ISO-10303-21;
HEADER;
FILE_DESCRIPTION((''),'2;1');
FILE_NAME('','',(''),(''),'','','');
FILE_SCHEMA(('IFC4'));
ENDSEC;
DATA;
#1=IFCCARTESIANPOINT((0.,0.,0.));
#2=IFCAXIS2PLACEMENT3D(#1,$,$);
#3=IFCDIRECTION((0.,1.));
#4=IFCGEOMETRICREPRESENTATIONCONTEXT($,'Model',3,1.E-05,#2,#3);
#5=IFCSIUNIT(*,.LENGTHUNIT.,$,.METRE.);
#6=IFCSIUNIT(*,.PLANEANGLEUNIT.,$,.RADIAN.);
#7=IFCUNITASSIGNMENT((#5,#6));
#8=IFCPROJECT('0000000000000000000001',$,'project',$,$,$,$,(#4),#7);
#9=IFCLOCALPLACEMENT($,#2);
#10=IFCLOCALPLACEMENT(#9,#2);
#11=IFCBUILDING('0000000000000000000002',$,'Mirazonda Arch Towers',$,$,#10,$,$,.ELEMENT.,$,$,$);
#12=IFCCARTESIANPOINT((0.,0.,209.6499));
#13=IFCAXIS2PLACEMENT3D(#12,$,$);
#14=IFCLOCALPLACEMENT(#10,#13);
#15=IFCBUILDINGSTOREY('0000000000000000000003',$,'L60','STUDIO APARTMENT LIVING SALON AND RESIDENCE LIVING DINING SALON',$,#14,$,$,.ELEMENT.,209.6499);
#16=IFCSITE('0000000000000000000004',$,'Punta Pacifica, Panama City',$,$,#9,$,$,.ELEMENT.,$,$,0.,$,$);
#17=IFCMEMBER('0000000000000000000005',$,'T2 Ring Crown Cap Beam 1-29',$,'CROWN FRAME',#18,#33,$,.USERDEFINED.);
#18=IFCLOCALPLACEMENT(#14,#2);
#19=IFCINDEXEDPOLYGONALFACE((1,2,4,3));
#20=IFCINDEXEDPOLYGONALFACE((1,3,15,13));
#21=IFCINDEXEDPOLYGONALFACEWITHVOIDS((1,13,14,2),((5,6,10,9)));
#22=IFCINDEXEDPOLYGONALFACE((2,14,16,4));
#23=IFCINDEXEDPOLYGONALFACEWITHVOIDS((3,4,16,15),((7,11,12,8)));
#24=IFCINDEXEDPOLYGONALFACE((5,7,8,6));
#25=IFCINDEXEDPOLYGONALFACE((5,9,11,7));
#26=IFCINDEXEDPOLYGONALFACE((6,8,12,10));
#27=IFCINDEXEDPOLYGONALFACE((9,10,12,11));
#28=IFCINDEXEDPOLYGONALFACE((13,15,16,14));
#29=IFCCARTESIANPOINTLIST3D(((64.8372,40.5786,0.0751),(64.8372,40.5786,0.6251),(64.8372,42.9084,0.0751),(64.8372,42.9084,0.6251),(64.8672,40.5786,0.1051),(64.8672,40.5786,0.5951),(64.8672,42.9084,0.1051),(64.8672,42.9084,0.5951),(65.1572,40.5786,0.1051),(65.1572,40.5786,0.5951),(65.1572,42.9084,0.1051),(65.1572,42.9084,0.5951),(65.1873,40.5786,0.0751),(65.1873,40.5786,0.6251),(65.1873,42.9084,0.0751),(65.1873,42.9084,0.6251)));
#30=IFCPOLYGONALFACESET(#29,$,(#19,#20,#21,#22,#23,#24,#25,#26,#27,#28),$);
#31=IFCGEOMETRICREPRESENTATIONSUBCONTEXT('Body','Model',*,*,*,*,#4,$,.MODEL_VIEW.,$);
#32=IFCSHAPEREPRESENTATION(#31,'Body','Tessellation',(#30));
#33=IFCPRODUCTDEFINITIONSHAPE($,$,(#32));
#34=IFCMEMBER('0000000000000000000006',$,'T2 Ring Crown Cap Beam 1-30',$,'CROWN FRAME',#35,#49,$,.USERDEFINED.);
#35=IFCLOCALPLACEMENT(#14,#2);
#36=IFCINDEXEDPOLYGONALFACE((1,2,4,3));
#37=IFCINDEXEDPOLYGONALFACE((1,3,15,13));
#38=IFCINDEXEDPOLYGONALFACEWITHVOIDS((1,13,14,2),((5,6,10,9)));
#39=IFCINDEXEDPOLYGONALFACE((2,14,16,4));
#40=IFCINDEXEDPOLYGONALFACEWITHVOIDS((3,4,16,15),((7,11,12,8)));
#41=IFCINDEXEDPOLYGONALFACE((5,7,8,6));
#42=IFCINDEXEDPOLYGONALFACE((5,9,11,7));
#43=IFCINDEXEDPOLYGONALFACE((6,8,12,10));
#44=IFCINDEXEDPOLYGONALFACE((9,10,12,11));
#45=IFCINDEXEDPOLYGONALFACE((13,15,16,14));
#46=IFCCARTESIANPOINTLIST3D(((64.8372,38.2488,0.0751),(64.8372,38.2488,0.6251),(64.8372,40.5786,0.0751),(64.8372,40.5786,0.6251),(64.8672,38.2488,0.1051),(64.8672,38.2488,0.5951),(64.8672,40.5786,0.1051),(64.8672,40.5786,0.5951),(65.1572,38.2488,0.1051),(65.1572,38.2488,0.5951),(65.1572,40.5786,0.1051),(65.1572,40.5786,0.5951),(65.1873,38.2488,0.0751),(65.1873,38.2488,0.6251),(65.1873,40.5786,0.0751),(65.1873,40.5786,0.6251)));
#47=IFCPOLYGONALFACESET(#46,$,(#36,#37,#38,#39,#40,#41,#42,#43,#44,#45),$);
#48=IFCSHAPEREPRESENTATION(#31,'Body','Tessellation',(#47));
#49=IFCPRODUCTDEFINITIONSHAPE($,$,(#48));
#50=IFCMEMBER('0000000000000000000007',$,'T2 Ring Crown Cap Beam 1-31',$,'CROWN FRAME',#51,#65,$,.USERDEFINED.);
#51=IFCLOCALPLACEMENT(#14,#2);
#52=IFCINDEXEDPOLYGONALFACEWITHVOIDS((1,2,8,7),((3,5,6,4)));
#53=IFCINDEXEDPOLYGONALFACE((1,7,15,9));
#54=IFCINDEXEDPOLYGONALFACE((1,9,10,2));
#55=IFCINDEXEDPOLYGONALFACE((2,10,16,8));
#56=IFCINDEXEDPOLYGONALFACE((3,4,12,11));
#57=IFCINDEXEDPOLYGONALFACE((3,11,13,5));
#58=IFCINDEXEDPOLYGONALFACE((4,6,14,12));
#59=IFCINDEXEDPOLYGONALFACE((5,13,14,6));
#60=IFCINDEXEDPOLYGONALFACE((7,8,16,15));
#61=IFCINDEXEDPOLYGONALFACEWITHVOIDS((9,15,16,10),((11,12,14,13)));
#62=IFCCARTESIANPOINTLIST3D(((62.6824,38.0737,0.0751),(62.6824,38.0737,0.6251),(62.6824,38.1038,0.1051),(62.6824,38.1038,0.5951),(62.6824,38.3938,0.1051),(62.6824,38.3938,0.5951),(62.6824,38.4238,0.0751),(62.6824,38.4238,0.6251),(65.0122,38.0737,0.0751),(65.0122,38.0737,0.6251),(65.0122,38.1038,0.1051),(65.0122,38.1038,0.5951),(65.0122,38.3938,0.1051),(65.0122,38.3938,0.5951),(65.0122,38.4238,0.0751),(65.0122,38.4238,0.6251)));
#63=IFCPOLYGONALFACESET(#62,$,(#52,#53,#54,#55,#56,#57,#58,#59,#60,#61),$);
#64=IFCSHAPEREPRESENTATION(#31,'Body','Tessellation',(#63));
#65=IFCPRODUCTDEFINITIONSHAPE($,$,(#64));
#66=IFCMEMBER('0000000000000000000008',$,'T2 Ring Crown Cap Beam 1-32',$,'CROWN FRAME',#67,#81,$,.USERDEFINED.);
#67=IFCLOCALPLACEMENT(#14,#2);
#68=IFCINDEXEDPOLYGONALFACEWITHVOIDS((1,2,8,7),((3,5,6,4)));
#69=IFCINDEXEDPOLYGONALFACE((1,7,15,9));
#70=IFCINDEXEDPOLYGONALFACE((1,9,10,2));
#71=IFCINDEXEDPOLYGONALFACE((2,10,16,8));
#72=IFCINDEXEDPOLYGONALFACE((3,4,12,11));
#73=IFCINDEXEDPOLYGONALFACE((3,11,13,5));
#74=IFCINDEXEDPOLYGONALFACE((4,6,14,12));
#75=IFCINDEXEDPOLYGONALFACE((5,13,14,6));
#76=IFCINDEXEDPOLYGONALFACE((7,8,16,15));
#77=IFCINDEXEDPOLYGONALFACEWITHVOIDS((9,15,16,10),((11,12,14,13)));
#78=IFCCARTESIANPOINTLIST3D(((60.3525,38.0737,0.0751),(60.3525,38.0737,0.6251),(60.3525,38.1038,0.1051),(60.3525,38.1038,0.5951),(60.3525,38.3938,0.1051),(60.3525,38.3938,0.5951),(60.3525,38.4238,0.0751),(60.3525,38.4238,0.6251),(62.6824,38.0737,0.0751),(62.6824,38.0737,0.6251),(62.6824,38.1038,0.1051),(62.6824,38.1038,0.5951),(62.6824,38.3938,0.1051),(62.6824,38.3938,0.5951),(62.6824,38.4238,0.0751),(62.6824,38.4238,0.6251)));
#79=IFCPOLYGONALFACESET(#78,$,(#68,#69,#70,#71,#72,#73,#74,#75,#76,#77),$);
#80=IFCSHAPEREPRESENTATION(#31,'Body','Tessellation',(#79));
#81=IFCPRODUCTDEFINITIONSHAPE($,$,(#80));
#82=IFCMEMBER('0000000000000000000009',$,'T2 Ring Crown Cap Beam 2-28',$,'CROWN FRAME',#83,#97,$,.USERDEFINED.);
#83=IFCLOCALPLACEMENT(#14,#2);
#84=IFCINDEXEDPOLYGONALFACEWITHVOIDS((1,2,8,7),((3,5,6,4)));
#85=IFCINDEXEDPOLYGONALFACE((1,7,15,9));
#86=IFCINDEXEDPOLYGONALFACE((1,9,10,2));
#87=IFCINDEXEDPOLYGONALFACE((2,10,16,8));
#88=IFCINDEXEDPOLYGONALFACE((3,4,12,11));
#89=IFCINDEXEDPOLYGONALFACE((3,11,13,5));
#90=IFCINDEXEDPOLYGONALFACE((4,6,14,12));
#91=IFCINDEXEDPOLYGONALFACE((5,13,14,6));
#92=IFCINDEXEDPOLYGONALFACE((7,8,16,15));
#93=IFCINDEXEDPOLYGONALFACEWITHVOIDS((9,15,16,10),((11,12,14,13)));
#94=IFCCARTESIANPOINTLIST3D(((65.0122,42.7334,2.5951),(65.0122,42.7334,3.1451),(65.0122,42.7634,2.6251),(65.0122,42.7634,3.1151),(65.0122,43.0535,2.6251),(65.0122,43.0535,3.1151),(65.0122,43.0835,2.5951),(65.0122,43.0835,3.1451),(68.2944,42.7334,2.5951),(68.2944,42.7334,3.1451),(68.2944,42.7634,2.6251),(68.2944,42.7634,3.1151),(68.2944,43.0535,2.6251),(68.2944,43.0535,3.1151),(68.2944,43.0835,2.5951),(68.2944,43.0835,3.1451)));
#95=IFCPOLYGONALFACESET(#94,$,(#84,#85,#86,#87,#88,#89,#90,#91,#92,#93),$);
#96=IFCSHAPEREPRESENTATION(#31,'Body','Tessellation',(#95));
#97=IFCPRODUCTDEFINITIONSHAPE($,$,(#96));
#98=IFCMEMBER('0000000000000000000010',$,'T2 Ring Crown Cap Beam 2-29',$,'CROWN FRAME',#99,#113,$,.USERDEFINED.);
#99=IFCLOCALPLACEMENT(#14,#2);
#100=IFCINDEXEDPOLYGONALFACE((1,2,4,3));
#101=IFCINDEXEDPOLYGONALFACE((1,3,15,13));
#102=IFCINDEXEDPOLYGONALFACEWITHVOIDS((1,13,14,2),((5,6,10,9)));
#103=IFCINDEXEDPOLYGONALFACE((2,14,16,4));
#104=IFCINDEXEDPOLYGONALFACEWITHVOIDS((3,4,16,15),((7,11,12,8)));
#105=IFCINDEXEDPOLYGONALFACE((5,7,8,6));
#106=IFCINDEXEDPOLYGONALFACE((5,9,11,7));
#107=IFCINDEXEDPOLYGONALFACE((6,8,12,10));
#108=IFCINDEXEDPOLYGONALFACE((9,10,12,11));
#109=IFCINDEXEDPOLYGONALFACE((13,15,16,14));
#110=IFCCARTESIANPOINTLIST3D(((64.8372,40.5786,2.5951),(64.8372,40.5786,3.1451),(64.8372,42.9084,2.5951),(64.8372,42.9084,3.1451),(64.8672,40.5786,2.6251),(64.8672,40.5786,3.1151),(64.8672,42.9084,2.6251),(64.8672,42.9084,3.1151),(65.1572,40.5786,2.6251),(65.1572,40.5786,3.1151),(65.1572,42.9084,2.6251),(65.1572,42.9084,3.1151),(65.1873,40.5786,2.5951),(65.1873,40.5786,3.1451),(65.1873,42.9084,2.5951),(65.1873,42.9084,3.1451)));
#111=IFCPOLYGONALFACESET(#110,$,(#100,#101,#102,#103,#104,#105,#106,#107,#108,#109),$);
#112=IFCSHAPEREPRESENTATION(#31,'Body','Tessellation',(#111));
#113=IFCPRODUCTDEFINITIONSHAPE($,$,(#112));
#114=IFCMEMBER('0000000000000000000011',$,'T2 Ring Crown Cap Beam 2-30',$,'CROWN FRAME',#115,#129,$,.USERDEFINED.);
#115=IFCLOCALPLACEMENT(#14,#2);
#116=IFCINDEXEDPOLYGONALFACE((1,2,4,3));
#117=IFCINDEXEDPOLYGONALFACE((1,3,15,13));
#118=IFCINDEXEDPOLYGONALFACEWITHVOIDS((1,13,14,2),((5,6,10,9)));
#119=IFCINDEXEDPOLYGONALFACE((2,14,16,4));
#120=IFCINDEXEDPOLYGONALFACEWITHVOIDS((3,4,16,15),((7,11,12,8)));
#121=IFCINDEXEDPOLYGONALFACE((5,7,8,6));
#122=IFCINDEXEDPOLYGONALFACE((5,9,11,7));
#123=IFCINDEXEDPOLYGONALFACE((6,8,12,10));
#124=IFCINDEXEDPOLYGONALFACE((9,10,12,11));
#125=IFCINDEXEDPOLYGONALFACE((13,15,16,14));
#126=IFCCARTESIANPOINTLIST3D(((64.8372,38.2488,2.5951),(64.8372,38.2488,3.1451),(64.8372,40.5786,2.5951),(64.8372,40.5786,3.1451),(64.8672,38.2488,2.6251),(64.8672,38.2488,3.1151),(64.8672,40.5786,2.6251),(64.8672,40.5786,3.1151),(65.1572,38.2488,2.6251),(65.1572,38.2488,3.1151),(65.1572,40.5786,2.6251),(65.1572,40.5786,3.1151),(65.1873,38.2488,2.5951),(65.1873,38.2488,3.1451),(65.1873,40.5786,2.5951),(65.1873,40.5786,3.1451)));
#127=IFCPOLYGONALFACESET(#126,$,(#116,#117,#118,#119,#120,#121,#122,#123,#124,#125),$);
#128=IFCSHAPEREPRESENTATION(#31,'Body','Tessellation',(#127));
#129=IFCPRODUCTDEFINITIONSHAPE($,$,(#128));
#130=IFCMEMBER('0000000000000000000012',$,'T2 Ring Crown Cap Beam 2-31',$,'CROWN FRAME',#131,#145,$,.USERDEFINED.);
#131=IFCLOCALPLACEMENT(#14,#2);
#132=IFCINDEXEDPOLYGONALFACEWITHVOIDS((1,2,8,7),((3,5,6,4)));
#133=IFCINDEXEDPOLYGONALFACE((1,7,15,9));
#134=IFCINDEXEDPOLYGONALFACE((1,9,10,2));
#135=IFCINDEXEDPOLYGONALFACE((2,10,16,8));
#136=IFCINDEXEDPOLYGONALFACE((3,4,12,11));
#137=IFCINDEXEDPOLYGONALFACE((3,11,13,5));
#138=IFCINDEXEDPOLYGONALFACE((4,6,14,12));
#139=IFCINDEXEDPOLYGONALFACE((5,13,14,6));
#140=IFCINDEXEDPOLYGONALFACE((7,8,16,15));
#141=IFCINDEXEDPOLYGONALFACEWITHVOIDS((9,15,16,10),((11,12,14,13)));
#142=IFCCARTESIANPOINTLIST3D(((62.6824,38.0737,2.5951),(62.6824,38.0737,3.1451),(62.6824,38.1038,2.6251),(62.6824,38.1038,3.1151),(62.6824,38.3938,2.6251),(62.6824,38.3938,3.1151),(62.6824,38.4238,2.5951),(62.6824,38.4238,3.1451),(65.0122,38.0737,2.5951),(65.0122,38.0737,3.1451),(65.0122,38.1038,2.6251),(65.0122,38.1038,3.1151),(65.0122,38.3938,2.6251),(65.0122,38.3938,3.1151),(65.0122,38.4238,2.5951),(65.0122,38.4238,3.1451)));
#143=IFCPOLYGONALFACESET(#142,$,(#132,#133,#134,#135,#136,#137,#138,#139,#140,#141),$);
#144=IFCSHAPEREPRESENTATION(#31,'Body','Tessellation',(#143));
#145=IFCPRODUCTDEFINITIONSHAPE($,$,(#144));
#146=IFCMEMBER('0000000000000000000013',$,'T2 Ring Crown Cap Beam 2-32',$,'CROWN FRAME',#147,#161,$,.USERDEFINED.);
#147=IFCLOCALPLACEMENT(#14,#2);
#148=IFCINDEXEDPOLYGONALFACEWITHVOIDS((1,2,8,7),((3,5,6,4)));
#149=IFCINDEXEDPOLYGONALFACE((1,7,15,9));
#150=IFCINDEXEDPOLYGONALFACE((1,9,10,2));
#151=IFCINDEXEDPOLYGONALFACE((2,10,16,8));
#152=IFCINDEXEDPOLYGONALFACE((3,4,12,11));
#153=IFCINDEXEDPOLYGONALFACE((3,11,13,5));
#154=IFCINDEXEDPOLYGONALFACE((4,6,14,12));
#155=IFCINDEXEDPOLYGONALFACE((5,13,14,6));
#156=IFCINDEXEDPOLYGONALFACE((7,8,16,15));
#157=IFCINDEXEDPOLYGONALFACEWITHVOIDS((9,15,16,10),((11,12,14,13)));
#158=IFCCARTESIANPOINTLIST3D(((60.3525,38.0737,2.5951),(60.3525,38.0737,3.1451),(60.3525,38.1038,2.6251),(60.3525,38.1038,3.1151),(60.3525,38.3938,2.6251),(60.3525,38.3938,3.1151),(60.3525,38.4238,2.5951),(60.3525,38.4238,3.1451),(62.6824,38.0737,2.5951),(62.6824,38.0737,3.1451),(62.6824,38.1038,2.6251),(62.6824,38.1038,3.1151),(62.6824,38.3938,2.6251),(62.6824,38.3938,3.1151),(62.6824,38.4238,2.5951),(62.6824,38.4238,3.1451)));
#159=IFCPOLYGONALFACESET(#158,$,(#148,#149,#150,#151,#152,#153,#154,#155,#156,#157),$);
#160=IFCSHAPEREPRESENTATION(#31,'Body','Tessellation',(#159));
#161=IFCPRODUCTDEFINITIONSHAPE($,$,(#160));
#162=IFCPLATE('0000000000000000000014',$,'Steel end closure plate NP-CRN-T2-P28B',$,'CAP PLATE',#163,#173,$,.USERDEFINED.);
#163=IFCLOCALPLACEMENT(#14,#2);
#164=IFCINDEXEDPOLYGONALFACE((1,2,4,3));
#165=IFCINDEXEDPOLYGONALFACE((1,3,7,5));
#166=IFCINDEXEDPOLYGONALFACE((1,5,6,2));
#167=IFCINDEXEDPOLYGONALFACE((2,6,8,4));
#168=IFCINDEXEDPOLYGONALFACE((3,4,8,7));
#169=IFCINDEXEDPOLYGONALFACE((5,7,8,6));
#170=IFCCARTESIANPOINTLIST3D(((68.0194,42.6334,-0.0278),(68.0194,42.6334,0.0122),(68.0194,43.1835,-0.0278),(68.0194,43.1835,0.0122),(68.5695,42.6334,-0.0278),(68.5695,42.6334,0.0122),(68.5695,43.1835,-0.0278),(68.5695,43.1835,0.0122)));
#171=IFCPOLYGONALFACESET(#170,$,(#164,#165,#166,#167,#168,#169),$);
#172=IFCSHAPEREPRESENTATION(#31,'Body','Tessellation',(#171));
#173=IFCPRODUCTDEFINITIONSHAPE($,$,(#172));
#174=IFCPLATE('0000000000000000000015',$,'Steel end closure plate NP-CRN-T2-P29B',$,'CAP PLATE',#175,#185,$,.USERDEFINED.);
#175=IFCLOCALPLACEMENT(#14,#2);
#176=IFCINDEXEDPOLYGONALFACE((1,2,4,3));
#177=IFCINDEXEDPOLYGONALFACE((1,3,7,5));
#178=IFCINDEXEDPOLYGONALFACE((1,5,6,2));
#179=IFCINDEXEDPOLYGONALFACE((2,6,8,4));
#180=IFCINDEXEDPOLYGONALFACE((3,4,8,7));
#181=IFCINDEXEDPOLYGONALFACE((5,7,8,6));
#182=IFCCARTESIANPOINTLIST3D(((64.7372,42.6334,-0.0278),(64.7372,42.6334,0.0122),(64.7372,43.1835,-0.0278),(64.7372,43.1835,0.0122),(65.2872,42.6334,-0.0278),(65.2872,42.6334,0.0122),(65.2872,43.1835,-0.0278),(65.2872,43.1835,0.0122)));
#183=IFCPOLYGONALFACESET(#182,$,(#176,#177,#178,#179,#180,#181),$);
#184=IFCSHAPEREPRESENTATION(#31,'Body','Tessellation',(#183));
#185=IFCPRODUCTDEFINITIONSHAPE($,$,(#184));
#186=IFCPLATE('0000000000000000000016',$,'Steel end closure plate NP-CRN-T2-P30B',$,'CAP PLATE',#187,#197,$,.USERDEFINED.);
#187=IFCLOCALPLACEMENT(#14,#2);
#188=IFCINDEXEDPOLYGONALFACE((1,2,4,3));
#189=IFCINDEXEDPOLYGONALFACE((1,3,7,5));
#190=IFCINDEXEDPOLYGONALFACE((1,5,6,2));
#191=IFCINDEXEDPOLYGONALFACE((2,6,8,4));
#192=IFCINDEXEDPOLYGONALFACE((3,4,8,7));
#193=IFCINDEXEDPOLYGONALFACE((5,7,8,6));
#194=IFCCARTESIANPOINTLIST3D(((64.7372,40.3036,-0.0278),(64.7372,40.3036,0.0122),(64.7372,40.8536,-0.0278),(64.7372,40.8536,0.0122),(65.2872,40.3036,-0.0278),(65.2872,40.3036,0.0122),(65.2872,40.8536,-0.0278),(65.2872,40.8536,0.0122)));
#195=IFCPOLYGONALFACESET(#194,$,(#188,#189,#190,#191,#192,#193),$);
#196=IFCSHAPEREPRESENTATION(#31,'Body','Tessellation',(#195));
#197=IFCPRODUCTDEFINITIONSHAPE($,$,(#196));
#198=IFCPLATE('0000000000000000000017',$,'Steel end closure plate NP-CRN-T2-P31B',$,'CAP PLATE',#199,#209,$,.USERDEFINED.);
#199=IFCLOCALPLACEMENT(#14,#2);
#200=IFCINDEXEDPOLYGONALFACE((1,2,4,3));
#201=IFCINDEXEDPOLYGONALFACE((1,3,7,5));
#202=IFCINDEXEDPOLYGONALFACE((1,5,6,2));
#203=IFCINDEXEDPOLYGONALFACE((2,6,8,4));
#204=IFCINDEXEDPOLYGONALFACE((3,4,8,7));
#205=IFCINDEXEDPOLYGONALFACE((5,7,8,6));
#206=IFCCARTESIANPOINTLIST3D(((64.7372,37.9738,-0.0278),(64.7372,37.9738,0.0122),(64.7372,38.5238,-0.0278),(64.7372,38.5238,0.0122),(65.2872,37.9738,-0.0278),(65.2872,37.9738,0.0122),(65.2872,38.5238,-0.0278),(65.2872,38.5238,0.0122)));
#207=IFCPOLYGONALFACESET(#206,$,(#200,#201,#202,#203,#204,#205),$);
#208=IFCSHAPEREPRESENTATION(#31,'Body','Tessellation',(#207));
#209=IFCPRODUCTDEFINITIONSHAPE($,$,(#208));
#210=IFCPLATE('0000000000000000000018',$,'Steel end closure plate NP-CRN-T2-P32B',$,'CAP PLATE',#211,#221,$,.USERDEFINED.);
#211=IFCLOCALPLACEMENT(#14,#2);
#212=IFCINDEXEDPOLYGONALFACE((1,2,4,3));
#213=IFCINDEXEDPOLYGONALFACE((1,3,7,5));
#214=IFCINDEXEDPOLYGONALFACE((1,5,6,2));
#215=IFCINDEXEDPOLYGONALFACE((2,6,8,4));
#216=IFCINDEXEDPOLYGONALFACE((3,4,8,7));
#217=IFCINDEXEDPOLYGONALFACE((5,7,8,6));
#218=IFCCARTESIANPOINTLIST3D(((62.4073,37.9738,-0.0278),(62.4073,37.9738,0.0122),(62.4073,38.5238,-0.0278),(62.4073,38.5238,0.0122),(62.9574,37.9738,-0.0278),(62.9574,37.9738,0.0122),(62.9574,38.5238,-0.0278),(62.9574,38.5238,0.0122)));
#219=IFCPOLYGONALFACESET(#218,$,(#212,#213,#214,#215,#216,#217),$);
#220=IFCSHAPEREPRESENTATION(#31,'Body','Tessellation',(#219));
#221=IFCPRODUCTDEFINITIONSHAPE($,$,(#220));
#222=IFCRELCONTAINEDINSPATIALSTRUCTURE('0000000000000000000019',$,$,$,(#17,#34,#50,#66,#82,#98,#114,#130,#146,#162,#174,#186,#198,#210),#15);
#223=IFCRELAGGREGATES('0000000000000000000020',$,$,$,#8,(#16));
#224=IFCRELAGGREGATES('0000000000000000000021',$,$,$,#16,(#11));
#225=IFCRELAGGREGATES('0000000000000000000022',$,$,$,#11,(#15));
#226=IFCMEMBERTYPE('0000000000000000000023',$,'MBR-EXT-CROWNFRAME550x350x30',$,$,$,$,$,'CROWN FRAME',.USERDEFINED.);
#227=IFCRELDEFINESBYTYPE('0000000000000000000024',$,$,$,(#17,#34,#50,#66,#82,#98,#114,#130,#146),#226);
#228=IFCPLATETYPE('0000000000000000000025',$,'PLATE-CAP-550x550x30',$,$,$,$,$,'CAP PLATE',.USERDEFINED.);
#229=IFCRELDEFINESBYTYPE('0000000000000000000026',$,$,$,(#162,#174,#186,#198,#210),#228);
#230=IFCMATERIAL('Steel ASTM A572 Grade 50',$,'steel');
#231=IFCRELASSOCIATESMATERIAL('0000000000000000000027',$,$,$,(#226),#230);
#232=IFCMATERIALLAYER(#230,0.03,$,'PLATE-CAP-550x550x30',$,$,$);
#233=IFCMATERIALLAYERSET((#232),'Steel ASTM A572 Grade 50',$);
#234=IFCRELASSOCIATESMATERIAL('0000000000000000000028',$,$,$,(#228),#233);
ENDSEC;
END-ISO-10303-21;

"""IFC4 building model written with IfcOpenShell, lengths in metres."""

from ifc_helpers import new_model, si_unit, direction, frame, origin, origin_2d, place, context, subcontext, project, spatial, rectangle, hollow_rectangle, extrude, material, layer, layer_set, material_profile, profile_set, type_object, element, save


model = new_model("IFC4")

# Units and contexts
model_context = context("Model", 3, precision=1e-05, world=origin(), true_north=direction((0.0, 1.0)))
body_context = subcontext(model_context, "Body", "Model", "MODEL_VIEW")
ifc_project = project(units=[si_unit("LENGTHUNIT", "METRE"), si_unit("PLANEANGLEUNIT", "RADIAN")], contexts=[model_context])

# Site, building, storey
site_placement = place(None, origin())
site = spatial("IfcSite", under=ifc_project, at=site_placement, Name="Punta Pacifica, Panama City", CompositionType="ELEMENT", RefElevation=0.0)
building_placement = place(site_placement, origin())
building = spatial("IfcBuilding", under=site, at=building_placement, Name="Mirazonda Arch Towers", CompositionType="ELEMENT")
storey_placement = place(building_placement, frame((0.0, 0.0, 209.6499)))
storey = spatial("IfcBuildingStorey", under=building, at=storey_placement, Name="L60", Description="STUDIO APARTMENT LIVING SALON AND RESIDENCE LIVING DINING SALON", CompositionType="ELEMENT", Elevation=209.6499)

# Members
ifc_material_1 = material(Name="Steel ASTM A572 Grade 50", Category="steel")
ifc_material_profile_1 = material_profile(ifc_material_1, hollow_rectangle(XDim=0.3501, YDim=0.55, WallThickness=0.03, at=origin_2d()), Name="CROWNFRAME550x350x30")
ifc_profile_set_1 = profile_set([ifc_material_profile_1], Name="Steel ASTM A572 Grade 50")
member_type_1 = type_object("IfcMemberType", Name="MBR-EXT-CROWNFRAME550x350x30", ElementType="CROWN FRAME", PredefinedType="USERDEFINED", material=ifc_profile_set_1)
for number, where, z_axis, x_axis, name in (
    (1, (65.0122, 42.9084, 0.3501), (0.0, -1.0, 0.0), (1.0, 0.0, 0.0), "T2 Ring Crown Cap Beam 1-29"),
    (2, (65.0122, 40.5786, 0.3501), (0.0, -1.0, 0.0), (1.0, 0.0, 0.0), "T2 Ring Crown Cap Beam 1-30"),
    (3, (65.0122, 38.2488, 0.3501), (-1.0, 0.0, 0.0), (0.0, -1.0, 0.0), "T2 Ring Crown Cap Beam 1-31"),
    (4, (62.6824, 38.2488, 0.3501), (-1.0, 0.0, 0.0), (0.0, -1.0, 0.0), "T2 Ring Crown Cap Beam 1-32"),
):
    element("IfcMember", number, at=place(storey_placement, frame(where, z_axis=z_axis, x_axis=x_axis)), inside=storey, type_object=member_type_1, Name=name, ObjectType="CROWN FRAME", PredefinedType="USERDEFINED", context=body_context, shape_type="SweptSolid", body=[
        extrude(hollow_rectangle(XDim=0.3501, YDim=0.55, WallThickness=0.03, at=origin_2d()), origin(), (0.0, 0.0, 1.0), 2.3298),
    ])
member_1_placement = place(storey_placement, frame((68.2944, 42.9084, 2.8701), z_axis=(-1.0, 0.0, 0.0), x_axis=(0.0, -1.0, 0.0)))
element("IfcMember", 5, at=member_1_placement, inside=storey, type_object=member_type_1, Name="T2 Ring Crown Cap Beam 2-28", ObjectType="CROWN FRAME", PredefinedType="USERDEFINED", context=body_context, shape_type="SweptSolid", body=[
    extrude(hollow_rectangle(XDim=0.3501, YDim=0.55, WallThickness=0.03, at=origin_2d()), origin(), (0.0, 0.0, 1.0), 3.2822),
])
for number, where, z_axis, x_axis, name in (
    (6, (65.0122, 42.9084, 2.8701), (0.0, -1.0, 0.0), (1.0, 0.0, 0.0), "T2 Ring Crown Cap Beam 2-29"),
    (7, (65.0122, 40.5786, 2.8701), (0.0, -1.0, 0.0), (1.0, 0.0, 0.0), "T2 Ring Crown Cap Beam 2-30"),
    (8, (65.0122, 38.2488, 2.8701), (-1.0, 0.0, 0.0), (0.0, -1.0, 0.0), "T2 Ring Crown Cap Beam 2-31"),
    (9, (62.6824, 38.2488, 2.8701), (-1.0, 0.0, 0.0), (0.0, -1.0, 0.0), "T2 Ring Crown Cap Beam 2-32"),
):
    element("IfcMember", number, at=place(storey_placement, frame(where, z_axis=z_axis, x_axis=x_axis)), inside=storey, type_object=member_type_1, Name=name, ObjectType="CROWN FRAME", PredefinedType="USERDEFINED", context=body_context, shape_type="SweptSolid", body=[
        extrude(hollow_rectangle(XDim=0.3501, YDim=0.55, WallThickness=0.03, at=origin_2d()), origin(), (0.0, 0.0, 1.0), 2.3298),
    ])

# Plates
ifc_layer_1 = layer(ifc_material_1, 0.03, Name="PLATE-CAP-550x550x30")
ifc_layer_set_1 = layer_set([ifc_layer_1], Name="Steel ASTM A572 Grade 50")
plate_type = type_object("IfcPlateType", Name="PLATE-CAP-550x550x30", ElementType="CAP PLATE", PredefinedType="USERDEFINED", material=ifc_layer_set_1)
for number, where, z_axis, x_axis, name in (
    (10, (68.2944, 42.9084, -0.0278), (0.0, 0.0, 1.0), (1.0, 0.0, 0.0), "Steel end closure plate NP-CRN-T2-P28B"),
    (11, (65.0122, 42.9084, -0.0278), (0.0, 0.0, 1.0), (1.0, 0.0, 0.0), "Steel end closure plate NP-CRN-T2-P29B"),
    (12, (65.0122, 40.5786, -0.0278), (0.0, 0.0, 1.0), (1.0, 0.0, 0.0), "Steel end closure plate NP-CRN-T2-P30B"),
    (13, (65.0122, 38.2488, -0.0278), (0.0, 0.0, 1.0), (1.0, 0.0, 0.0), "Steel end closure plate NP-CRN-T2-P31B"),
    (14, (62.6824, 38.2488, -0.0278), (0.0, 0.0, 1.0), (1.0, 0.0, 0.0), "Steel end closure plate NP-CRN-T2-P32B"),
):
    element("IfcPlate", number, at=place(storey_placement, frame(where, z_axis=z_axis, x_axis=x_axis)), inside=storey, type_object=plate_type, Name=name, ObjectType="CAP PLATE", PredefinedType="USERDEFINED", context=body_context, shape_type="SweptSolid", body=[
        extrude(rectangle(XDim=0.55, YDim=0.55, at=origin_2d()), origin(), (0.0, 0.0, 1.0), 0.04),
    ])

save(model, "model.ifc")
